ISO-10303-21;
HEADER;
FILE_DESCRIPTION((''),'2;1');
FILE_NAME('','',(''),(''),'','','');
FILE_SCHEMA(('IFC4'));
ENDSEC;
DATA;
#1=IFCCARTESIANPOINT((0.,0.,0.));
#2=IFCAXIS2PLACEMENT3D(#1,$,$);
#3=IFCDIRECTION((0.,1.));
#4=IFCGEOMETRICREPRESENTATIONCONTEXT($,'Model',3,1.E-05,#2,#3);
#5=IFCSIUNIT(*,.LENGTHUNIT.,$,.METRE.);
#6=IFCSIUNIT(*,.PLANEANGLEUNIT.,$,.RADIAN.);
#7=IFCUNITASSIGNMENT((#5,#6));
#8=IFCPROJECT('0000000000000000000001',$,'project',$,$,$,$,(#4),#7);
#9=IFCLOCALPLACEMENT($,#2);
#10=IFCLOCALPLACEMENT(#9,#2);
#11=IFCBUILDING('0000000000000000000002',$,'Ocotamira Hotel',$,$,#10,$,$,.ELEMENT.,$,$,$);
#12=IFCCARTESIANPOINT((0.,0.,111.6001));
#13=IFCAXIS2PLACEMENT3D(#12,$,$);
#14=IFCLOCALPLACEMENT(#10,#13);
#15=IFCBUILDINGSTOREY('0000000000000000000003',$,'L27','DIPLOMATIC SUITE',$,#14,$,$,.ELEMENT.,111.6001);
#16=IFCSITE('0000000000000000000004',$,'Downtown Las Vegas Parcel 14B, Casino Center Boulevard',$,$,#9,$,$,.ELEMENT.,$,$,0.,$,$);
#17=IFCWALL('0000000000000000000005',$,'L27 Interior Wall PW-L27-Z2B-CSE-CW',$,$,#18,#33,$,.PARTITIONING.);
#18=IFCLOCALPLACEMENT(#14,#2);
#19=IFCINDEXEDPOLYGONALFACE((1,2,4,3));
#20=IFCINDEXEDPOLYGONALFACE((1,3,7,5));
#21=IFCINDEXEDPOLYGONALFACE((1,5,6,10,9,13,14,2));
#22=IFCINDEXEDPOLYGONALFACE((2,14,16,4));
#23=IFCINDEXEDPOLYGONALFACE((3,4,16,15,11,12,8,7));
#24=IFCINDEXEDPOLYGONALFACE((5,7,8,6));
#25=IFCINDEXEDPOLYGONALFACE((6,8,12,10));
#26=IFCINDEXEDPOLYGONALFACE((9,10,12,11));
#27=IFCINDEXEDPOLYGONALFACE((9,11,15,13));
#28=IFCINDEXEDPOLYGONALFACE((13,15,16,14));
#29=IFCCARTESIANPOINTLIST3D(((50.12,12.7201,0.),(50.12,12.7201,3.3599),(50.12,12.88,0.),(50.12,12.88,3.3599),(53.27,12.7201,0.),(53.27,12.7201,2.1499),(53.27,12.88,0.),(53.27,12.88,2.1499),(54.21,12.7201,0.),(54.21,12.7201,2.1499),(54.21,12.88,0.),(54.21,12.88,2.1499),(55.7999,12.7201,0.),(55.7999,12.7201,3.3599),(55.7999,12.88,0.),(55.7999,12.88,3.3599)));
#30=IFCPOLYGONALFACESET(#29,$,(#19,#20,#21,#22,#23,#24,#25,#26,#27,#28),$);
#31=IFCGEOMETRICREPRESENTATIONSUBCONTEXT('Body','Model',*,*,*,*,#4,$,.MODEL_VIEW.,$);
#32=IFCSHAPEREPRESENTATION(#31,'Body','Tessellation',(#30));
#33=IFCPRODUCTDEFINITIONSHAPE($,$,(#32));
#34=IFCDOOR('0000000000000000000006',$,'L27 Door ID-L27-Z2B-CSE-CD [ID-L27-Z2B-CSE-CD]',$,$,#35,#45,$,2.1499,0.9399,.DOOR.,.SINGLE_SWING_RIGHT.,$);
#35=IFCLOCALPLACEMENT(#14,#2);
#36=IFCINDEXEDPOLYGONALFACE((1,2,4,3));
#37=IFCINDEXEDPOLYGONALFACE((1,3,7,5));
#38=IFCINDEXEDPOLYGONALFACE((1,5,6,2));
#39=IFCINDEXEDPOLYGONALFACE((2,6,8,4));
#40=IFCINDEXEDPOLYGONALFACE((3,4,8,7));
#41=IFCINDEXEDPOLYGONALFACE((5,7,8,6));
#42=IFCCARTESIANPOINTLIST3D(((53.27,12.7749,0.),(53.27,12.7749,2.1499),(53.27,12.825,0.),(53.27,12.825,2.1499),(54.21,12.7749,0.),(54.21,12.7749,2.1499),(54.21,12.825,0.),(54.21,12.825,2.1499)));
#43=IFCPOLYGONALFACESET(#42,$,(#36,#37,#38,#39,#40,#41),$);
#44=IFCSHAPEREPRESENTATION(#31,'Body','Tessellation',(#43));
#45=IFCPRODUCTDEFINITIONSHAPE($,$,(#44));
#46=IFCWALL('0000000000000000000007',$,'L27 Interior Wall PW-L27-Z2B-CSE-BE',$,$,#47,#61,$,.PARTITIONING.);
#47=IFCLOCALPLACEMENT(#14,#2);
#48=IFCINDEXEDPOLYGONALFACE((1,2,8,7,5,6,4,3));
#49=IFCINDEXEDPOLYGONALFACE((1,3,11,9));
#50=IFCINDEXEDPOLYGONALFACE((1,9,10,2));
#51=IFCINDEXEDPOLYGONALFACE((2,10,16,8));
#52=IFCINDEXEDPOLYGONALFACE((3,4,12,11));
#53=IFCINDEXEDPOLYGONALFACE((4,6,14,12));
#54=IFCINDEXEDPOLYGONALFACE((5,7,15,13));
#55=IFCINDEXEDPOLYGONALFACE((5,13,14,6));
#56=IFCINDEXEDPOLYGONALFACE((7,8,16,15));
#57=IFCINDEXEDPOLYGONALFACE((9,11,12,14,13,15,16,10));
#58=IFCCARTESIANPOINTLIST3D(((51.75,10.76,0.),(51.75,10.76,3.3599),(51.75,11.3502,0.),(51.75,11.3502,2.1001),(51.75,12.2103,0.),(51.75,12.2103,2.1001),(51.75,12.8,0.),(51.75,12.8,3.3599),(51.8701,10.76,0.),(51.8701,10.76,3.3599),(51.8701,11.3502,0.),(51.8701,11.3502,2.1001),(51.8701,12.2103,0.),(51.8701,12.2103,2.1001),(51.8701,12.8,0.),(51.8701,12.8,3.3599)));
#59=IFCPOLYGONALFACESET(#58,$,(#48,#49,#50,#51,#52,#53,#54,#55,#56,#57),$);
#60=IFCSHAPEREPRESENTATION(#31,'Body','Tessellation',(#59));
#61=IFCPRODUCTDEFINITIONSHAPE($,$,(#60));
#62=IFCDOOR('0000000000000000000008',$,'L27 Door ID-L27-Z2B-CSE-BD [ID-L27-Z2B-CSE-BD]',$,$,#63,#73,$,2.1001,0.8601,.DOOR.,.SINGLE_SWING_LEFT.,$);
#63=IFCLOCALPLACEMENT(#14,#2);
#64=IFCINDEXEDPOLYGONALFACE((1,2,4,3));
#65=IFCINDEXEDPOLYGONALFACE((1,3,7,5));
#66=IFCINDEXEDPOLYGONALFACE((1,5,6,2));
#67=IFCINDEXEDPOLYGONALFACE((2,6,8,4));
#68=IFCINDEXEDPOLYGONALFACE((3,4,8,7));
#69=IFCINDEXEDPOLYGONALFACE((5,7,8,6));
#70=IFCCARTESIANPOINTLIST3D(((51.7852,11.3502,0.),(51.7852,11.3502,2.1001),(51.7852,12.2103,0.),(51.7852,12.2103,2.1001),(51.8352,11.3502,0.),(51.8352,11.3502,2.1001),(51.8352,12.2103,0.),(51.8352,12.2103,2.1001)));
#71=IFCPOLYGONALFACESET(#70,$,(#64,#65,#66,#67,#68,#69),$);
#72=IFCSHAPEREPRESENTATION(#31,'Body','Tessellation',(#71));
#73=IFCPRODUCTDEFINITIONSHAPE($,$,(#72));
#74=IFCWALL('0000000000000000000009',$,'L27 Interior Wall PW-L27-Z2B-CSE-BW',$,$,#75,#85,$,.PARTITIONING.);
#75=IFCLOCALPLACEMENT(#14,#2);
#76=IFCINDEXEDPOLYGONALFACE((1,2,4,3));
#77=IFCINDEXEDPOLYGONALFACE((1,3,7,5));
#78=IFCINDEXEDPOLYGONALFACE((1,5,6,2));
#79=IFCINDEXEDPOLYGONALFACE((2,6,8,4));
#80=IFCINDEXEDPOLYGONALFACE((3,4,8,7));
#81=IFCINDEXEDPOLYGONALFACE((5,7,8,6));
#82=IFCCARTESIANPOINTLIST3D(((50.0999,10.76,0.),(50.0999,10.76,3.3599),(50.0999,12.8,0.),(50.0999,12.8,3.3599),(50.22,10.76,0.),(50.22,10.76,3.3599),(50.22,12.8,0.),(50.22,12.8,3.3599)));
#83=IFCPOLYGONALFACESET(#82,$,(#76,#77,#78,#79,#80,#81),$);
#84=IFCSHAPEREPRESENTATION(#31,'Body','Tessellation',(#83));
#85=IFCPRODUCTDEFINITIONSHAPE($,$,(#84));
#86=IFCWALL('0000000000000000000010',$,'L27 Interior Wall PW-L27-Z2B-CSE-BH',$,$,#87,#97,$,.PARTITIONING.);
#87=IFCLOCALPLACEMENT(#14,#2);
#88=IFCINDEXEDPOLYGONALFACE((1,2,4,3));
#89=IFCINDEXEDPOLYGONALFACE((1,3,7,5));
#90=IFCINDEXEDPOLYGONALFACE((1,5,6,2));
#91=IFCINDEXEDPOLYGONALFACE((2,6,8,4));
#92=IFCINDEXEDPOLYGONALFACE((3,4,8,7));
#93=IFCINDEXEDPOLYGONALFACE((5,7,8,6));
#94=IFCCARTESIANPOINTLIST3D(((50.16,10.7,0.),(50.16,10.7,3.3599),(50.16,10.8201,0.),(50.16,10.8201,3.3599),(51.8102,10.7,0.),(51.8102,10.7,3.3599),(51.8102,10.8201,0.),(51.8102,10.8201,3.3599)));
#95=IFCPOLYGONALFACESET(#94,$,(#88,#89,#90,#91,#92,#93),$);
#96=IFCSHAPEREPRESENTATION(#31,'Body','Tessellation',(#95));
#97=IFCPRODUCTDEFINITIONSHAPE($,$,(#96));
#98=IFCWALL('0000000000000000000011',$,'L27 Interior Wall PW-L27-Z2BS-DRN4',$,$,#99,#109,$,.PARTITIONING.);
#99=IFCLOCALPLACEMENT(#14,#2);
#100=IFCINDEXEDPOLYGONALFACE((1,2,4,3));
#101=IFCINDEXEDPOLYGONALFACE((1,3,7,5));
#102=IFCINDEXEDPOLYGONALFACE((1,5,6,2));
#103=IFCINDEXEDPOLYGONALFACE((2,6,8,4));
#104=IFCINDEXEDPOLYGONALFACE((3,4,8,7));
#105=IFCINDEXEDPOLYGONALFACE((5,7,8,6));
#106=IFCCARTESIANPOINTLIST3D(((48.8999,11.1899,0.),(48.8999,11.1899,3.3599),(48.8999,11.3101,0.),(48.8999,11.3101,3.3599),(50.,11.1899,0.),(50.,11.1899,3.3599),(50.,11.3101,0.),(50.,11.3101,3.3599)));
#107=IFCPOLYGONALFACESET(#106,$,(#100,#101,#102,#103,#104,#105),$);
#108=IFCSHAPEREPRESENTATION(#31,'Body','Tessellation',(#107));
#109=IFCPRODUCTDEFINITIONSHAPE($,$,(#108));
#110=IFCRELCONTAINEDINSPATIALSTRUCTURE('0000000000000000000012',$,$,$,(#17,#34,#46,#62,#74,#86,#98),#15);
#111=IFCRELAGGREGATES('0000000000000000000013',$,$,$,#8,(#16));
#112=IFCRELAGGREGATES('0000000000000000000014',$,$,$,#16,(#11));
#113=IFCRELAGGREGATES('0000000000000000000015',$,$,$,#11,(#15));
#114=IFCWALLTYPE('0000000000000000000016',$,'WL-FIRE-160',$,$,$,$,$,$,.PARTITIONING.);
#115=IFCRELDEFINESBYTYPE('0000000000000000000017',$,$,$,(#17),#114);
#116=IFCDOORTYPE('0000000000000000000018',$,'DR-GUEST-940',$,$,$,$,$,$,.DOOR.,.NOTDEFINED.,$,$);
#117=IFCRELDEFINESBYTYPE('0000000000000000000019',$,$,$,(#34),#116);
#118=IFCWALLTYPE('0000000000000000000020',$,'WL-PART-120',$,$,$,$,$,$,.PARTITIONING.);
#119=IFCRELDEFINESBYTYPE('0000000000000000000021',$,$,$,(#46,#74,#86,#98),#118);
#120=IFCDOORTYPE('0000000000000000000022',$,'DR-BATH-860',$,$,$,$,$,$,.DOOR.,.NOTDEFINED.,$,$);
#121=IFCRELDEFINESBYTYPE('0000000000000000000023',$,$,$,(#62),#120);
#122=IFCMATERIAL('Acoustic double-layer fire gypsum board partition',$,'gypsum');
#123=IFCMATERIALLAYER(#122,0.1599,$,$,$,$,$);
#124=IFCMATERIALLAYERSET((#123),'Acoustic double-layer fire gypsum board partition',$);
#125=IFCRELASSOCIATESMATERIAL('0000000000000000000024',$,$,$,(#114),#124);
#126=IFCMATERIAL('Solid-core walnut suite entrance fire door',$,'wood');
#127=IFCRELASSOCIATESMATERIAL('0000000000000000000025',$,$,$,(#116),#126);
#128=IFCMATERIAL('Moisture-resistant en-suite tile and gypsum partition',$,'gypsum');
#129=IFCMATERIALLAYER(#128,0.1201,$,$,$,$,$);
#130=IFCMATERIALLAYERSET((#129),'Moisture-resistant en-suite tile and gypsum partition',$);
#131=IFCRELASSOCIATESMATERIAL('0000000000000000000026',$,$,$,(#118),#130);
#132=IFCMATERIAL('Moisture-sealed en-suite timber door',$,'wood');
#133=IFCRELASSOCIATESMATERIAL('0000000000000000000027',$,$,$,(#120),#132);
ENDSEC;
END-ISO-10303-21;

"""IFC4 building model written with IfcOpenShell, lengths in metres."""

from ifc_helpers import new_model, si_unit, direction, frame, frame_2d, origin, place, context, subcontext, project, spatial, rectangle, extrude, source, transform, mapped, material, layer, layer_set, type_object, element, fill, save


model = new_model("IFC4")

# Units and contexts
model_context = context("Model", 3, precision=1e-05, world=origin(), true_north=direction((0.0, 1.0)))
body_context = subcontext(model_context, "Body", "Model", "MODEL_VIEW")
ifc_project = project(units=[si_unit("LENGTHUNIT", "METRE"), si_unit("PLANEANGLEUNIT", "RADIAN")], contexts=[model_context])

# Site, building, storey
site_placement = place(None, origin())
site = spatial("IfcSite", under=ifc_project, at=site_placement, Name="Downtown Las Vegas Parcel 14B, Casino Center Boulevard", CompositionType="ELEMENT", RefElevation=0.0)
building_placement = place(site_placement, origin())
building = spatial("IfcBuilding", under=site, at=building_placement, Name="Ocotamira Hotel", CompositionType="ELEMENT")
storey_placement = place(building_placement, frame((0.0, 0.0, 111.6001)))
storey = spatial("IfcBuildingStorey", under=building, at=storey_placement, Name="L27", Description="DIPLOMATIC SUITE", CompositionType="ELEMENT", Elevation=111.6001)

# Walls, openings, doors
ifc_material_1 = material(Name="Acoustic double-layer fire gypsum board partition", Category="gypsum")
ifc_layer_1 = layer(ifc_material_1, 0.1599)
ifc_layer_set_1 = layer_set([ifc_layer_1], Name="Acoustic double-layer fire gypsum board partition")
wall_type_1 = type_object("IfcWallType", Name="WL-FIRE-160", PredefinedType="PARTITIONING", material=ifc_layer_set_1)
wall_1_placement = place(storey_placement, frame((50.1201, 12.8, 0.0), z_axis=(0.0, 0.0, 1.0), x_axis=(1.0, 0.0, 0.0)))
wall_1 = element("IfcWall", 1, at=wall_1_placement, inside=storey, type_object=wall_type_1, Name="L27 Interior Wall PW-L27-Z2B-CSE-CW", PredefinedType="PARTITIONING", context=body_context, shape_type="SweptSolid", body=[
    extrude(rectangle(XDim=5.6799, YDim=0.1599, at=frame_2d((2.8398, 0.0))), origin(), (0.0, 0.0, 1.0), 3.3599),
])
opening_1_placement = place(wall_1_placement, frame((3.1499, 0.0, 0.0)))
opening_1 = element("IfcOpeningElement", 2, at=opening_1_placement, cuts=wall_1, PredefinedType="OPENING", context=body_context, shape_type="SweptSolid", body=[
    extrude(rectangle(XDim=0.9399, YDim=2.1499, at=frame_2d((0.47, 1.075))), frame((0.0, 0.0898, 0.0), z_axis=(0.0, -1.0, 0.0), x_axis=(1.0, 0.0, 0.0)), (0.0, 0.0, 1.0), 0.1799),
])
ifc_material_2 = material(Name="Solid-core walnut suite entrance fire door", Category="wood")
door_type_1 = type_object("IfcDoorType", Name="DR-GUEST-940", OperationType="NOTDEFINED", PredefinedType="DOOR", material=ifc_material_2)
shared_shape_1 = source(origin(), body_context, "Body", "SweptSolid", [
    extrude(rectangle(XDim=0.9399, YDim=2.1499, at=frame_2d((0.47, 1.075))), frame((0.0, 0.0249, 0.0), z_axis=(0.0, -1.0, 0.0), x_axis=(1.0, 0.0, 0.0)), (0.0, 0.0, 1.0), 0.05),
])
door_1_placement = place(opening_1_placement, origin())
door_1 = element("IfcDoor", 3, at=door_1_placement, inside=storey, type_object=door_type_1, Name="L27 Door ID-L27-Z2B-CSE-CD [ID-L27-Z2B-CSE-CD]", OperationType="SINGLE_SWING_RIGHT", OverallHeight=2.1499, OverallWidth=0.9399, PredefinedType="DOOR", context=body_context, shape_type="MappedRepresentation", body=[
    mapped(shared_shape_1, transform((0.0, 0.0, 0.0), scale=1.0)),
])
fill(opening_1, door_1)
ifc_material_3 = material(Name="Moisture-resistant en-suite tile and gypsum partition", Category="gypsum")
ifc_layer_2 = layer(ifc_material_3, 0.1201)
ifc_layer_set_2 = layer_set([ifc_layer_2], Name="Moisture-resistant en-suite tile and gypsum partition")
wall_type_2 = type_object("IfcWallType", Name="WL-PART-120", PredefinedType="PARTITIONING", material=ifc_layer_set_2)
wall_2_placement = place(storey_placement, frame((51.8101, 10.76, 0.0), z_axis=(0.0, 0.0, 1.0), x_axis=(0.0, 1.0, 0.0)))
wall_2 = element("IfcWall", 4, at=wall_2_placement, inside=storey, type_object=wall_type_2, Name="L27 Interior Wall PW-L27-Z2B-CSE-BE", PredefinedType="PARTITIONING", context=body_context, shape_type="SweptSolid", body=[
    extrude(rectangle(XDim=2.04, YDim=0.1201, at=frame_2d((1.02, 0.0))), origin(), (0.0, 0.0, 1.0), 3.3599),
])
opening_2_placement = place(wall_2_placement, frame((0.5901, 0.0, 0.0)))
opening_2 = element("IfcOpeningElement", 5, at=opening_2_placement, cuts=wall_2, PredefinedType="OPENING", context=body_context, shape_type="SweptSolid", body=[
    extrude(rectangle(XDim=0.8601, YDim=2.1001, at=frame_2d((0.4302, 1.05))), frame((0.0, 0.0701, 0.0), z_axis=(0.0, -1.0, 0.0), x_axis=(1.0, 0.0, 0.0)), (0.0, 0.0, 1.0), 0.1401),
])
ifc_material_4 = material(Name="Moisture-sealed en-suite timber door", Category="wood")
door_type_2 = type_object("IfcDoorType", Name="DR-BATH-860", OperationType="NOTDEFINED", PredefinedType="DOOR", material=ifc_material_4)
shared_shape_2 = source(origin(), body_context, "Body", "SweptSolid", [
    extrude(rectangle(XDim=0.8601, YDim=2.1001, at=frame_2d((0.4302, 1.05))), frame((0.0, 0.0249, 0.0), z_axis=(0.0, -1.0, 0.0), x_axis=(1.0, 0.0, 0.0)), (0.0, 0.0, 1.0), 0.05),
])
door_2_placement = place(opening_2_placement, origin())
door_2 = element("IfcDoor", 6, at=door_2_placement, inside=storey, type_object=door_type_2, Name="L27 Door ID-L27-Z2B-CSE-BD [ID-L27-Z2B-CSE-BD]", OperationType="SINGLE_SWING_LEFT", OverallHeight=2.1001, OverallWidth=0.8601, PredefinedType="DOOR", context=body_context, shape_type="MappedRepresentation", body=[
    mapped(shared_shape_2, transform((0.0, 0.0, 0.0), scale=1.0)),
])
fill(opening_2, door_2)

# Walls
wall_3_placement = place(storey_placement, frame((50.1599, 10.76, 0.0), z_axis=(0.0, 0.0, 1.0), x_axis=(0.0, 1.0, 0.0)))
element("IfcWall", 7, at=wall_3_placement, inside=storey, type_object=wall_type_2, Name="L27 Interior Wall PW-L27-Z2B-CSE-BW", PredefinedType="PARTITIONING", context=body_context, shape_type="SweptSolid", body=[
    extrude(rectangle(XDim=2.04, YDim=0.1201, at=frame_2d((1.02, 0.0))), origin(), (0.0, 0.0, 1.0), 3.3599),
])
wall_4_placement = place(storey_placement, frame((50.1599, 10.76, 0.0), z_axis=(0.0, 0.0, 1.0), x_axis=(1.0, 0.0, 0.0)))
element("IfcWall", 8, at=wall_4_placement, inside=storey, type_object=wall_type_2, Name="L27 Interior Wall PW-L27-Z2B-CSE-BH", PredefinedType="PARTITIONING", context=body_context, shape_type="SweptSolid", body=[
    extrude(rectangle(XDim=1.6501, YDim=0.1201, at=frame_2d((0.8252, 0.0))), origin(), (0.0, 0.0, 1.0), 3.3599),
])
wall_5_placement = place(storey_placement, frame((48.8999, 11.25, 0.0), z_axis=(0.0, 0.0, 1.0), x_axis=(1.0, 0.0, 0.0)))
element("IfcWall", 9, at=wall_5_placement, inside=storey, type_object=wall_type_2, Name="L27 Interior Wall PW-L27-Z2BS-DRN4", PredefinedType="PARTITIONING", context=body_context, shape_type="SweptSolid", body=[
    extrude(rectangle(XDim=1.1001, YDim=0.1201, at=frame_2d((0.55, 0.0))), origin(), (0.0, 0.0, 1.0), 3.3599),
])

save(model, "model.ifc")
